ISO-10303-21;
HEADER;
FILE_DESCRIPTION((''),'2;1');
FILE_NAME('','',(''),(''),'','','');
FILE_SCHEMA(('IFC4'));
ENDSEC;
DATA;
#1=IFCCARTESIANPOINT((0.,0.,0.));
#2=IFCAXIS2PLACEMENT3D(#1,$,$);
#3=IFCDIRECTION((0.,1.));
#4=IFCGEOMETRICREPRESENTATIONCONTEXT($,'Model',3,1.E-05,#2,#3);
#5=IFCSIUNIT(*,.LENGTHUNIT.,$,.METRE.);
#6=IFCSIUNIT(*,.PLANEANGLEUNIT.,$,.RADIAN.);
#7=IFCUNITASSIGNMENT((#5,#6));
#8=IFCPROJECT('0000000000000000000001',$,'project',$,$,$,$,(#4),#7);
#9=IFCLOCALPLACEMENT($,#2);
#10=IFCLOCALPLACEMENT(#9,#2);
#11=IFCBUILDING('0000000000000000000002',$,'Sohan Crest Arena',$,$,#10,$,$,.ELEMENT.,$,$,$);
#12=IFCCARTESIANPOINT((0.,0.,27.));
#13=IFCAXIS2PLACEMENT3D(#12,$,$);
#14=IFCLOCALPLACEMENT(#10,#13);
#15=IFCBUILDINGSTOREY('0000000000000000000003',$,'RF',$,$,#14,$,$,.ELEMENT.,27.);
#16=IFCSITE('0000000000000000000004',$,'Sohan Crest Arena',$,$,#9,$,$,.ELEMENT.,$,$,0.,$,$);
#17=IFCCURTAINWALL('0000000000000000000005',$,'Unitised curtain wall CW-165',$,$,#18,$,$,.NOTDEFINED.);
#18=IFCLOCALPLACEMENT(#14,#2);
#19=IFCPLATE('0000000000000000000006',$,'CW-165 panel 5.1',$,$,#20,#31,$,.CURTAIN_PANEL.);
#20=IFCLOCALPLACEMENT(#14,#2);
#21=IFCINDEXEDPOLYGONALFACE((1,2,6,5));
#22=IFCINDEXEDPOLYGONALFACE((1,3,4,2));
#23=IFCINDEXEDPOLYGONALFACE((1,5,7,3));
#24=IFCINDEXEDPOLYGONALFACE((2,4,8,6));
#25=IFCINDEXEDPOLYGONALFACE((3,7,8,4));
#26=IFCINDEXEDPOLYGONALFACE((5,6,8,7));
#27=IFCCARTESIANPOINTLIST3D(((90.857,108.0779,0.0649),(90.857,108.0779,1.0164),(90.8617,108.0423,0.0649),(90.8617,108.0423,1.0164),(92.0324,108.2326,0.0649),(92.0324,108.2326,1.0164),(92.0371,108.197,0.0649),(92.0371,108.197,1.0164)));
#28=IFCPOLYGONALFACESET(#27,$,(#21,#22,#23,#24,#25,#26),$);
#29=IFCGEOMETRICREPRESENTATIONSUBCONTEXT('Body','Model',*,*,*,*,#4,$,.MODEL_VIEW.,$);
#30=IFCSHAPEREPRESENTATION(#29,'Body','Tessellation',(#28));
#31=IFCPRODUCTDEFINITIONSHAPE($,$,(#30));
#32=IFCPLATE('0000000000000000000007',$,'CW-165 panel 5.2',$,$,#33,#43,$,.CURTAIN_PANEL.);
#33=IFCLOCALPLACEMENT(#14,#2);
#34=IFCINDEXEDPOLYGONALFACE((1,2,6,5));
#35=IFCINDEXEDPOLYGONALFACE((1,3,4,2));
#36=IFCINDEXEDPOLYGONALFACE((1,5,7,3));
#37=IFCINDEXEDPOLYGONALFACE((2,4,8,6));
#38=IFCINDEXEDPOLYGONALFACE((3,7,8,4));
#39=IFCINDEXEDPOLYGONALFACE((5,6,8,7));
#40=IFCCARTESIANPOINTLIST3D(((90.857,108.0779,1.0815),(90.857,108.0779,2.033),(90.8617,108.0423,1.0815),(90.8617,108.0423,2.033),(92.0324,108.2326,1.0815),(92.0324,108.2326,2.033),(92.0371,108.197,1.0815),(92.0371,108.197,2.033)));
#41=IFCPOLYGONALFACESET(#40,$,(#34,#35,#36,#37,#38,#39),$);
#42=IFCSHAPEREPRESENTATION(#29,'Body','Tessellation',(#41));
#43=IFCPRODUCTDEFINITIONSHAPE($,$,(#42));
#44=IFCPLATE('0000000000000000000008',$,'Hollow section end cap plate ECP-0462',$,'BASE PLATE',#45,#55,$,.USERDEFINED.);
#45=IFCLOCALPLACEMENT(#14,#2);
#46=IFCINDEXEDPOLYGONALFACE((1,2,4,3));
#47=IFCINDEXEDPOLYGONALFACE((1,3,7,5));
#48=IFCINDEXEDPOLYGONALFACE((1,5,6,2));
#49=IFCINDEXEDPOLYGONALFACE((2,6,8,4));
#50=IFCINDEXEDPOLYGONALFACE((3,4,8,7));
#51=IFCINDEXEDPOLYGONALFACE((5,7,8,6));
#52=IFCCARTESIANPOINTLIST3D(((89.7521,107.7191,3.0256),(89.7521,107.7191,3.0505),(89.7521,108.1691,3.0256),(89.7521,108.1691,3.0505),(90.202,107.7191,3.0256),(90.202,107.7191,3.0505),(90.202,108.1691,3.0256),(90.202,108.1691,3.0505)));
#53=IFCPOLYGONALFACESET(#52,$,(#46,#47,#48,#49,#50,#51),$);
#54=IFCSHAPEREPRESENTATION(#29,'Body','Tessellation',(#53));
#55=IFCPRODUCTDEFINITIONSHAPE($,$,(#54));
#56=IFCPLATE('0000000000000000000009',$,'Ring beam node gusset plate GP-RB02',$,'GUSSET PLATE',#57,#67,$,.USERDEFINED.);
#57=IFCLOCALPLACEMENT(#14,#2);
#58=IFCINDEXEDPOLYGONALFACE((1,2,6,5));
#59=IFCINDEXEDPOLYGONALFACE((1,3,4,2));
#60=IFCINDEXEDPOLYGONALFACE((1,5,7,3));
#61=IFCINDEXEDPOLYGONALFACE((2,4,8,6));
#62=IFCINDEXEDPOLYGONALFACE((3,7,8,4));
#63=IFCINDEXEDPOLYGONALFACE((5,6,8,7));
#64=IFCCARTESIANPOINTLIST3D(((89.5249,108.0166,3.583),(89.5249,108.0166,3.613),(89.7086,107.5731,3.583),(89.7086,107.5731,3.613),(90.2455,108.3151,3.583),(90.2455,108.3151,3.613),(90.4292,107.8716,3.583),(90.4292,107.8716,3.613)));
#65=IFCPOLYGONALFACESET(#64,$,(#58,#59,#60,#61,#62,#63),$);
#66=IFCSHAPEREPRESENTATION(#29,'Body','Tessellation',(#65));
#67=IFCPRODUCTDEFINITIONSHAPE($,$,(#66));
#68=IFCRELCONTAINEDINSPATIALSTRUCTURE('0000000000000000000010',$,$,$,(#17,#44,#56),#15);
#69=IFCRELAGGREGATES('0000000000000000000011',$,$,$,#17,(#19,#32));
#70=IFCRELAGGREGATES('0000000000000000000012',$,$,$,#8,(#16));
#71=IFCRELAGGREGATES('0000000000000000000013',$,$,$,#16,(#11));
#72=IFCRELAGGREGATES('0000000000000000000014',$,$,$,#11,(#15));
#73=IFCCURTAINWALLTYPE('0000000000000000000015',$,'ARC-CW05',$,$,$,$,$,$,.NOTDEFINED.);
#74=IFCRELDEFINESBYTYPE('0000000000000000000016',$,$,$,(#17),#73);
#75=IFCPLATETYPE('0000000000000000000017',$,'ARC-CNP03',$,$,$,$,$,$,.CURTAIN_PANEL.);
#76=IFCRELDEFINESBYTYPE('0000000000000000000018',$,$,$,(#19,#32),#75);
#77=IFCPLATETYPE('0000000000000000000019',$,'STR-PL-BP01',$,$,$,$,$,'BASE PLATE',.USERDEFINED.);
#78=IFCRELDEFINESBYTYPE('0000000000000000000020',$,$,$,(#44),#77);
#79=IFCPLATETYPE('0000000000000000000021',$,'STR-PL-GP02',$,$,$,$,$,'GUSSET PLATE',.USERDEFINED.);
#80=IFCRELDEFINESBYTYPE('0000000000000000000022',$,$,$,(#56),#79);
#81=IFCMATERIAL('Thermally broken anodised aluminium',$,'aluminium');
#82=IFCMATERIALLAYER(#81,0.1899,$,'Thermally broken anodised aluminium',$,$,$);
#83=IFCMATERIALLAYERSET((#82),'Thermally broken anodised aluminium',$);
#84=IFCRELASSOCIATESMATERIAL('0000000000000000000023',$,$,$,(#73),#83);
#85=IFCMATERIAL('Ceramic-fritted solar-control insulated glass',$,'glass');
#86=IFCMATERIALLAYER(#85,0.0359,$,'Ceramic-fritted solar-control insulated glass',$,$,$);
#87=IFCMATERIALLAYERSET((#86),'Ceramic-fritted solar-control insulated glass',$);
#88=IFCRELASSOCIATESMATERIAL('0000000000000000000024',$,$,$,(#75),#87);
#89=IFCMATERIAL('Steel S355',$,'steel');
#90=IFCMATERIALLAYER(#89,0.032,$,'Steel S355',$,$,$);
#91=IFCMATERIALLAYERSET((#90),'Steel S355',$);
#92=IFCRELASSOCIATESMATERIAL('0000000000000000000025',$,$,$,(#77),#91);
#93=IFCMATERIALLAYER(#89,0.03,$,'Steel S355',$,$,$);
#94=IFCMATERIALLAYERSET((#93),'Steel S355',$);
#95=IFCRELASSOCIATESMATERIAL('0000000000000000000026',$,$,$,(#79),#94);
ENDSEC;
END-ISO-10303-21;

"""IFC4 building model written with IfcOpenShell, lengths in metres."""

from ifc_helpers import new_model, si_unit, direction, frame, origin, origin_2d, place, context, subcontext, project, spatial, rectangle, extrude, material, layer, layer_set, type_object, element, aggregate, save


model = new_model("IFC4")

# Units and contexts
model_context = context("Model", 3, precision=1e-05, world=origin(), true_north=direction((0.0, 1.0)))
body_context = subcontext(model_context, "Body", "Model", "MODEL_VIEW")
ifc_project = project(units=[si_unit("LENGTHUNIT", "METRE"), si_unit("PLANEANGLEUNIT", "RADIAN")], contexts=[model_context])

# Site, building, storey
site_placement = place(None, origin())
site = spatial("IfcSite", under=ifc_project, at=site_placement, Name="Sohan Crest Arena", CompositionType="ELEMENT", RefElevation=0.0)
building_placement = place(site_placement, origin())
building = spatial("IfcBuilding", under=site, at=building_placement, Name="Sohan Crest Arena", CompositionType="ELEMENT")
storey_placement = place(building_placement, frame((0.0, 0.0, 27.0)))
storey = spatial("IfcBuildingStorey", under=building, at=storey_placement, Name="RF", CompositionType="ELEMENT", Elevation=27.0)

# Curtain wall
ifc_material_1 = material(Name="Thermally broken anodised aluminium", Category="aluminium")
ifc_layer_1 = layer(ifc_material_1, 0.1899, Name="Thermally broken anodised aluminium")
ifc_layer_set_1 = layer_set([ifc_layer_1], Name="Thermally broken anodised aluminium")
curtain_wall_type = type_object("IfcCurtainWallType", Name="ARC-CW05", PredefinedType="NOTDEFINED", material=ifc_layer_set_1)
curtain_wall_placement = place(storey_placement, origin())
curtain_wall = element("IfcCurtainWall", 1, at=curtain_wall_placement, inside=storey, type_object=curtain_wall_type, Name="Unitised curtain wall CW-165", PredefinedType="NOTDEFINED")

# Shared definitions
ifc_material_2 = material(Name="Steel S355", Category="steel")

# Plates
ifc_material_3 = material(Name="Ceramic-fritted solar-control insulated glass", Category="glass")
ifc_layer_2 = layer(ifc_material_3, 0.0359, Name="Ceramic-fritted solar-control insulated glass")
ifc_layer_set_2 = layer_set([ifc_layer_2], Name="Ceramic-fritted solar-control insulated glass")
plate_type_1 = type_object("IfcPlateType", Name="ARC-CNP03", PredefinedType="CURTAIN_PANEL", material=ifc_layer_set_2)
plate_1_placement = place(storey_placement, frame((91.447, 108.1375, 0.0649), z_axis=(0.0, 0.0, 1.0), x_axis=(-0.991448, -0.130499, 0.0)))
plate_1 = element("IfcPlate", 2, at=plate_1_placement, type_object=plate_type_1, Name="CW-165 panel 5.1", PredefinedType="CURTAIN_PANEL", context=body_context, shape_type="SweptSolid", body=[
    extrude(rectangle(XDim=1.1855, YDim=0.0359, at=origin_2d()), origin(), (0.0, 0.0, 1.0), 0.9514),
])
plate_2_placement = place(storey_placement, frame((91.447, 108.1375, 1.0815), z_axis=(0.0, 0.0, 1.0), x_axis=(-0.991448, -0.130499, 0.0)))
plate_2 = element("IfcPlate", 3, at=plate_2_placement, type_object=plate_type_1, Name="CW-165 panel 5.2", PredefinedType="CURTAIN_PANEL", context=body_context, shape_type="SweptSolid", body=[
    extrude(rectangle(XDim=1.1855, YDim=0.0359, at=origin_2d()), origin(), (0.0, 0.0, 1.0), 0.9514),
])
aggregate(curtain_wall, [plate_1, plate_2])

# Plates
ifc_layer_3 = layer(ifc_material_2, 0.032, Name="Steel S355")
ifc_layer_set_3 = layer_set([ifc_layer_3], Name="Steel S355")
plate_type_2 = type_object("IfcPlateType", Name="STR-PL-BP01", ElementType="BASE PLATE", PredefinedType="USERDEFINED", material=ifc_layer_set_3)
plate_3_placement = place(storey_placement, frame((89.9771, 107.9441, 3.0256), z_axis=(0.0, 0.0, 1.0), x_axis=(1.0, 0.0, 0.0)))
element("IfcPlate", 4, at=plate_3_placement, inside=storey, type_object=plate_type_2, Name="Hollow section end cap plate ECP-0462", ObjectType="BASE PLATE", PredefinedType="USERDEFINED", context=body_context, shape_type="SweptSolid", body=[
    extrude(rectangle(XDim=0.45, YDim=0.45, at=origin_2d()), origin(), (0.0, 0.0, 1.0), 0.0249),
])
ifc_layer_4 = layer(ifc_material_2, 0.03, Name="Steel S355")
ifc_layer_set_4 = layer_set([ifc_layer_4], Name="Steel S355")
plate_type_3 = type_object("IfcPlateType", Name="STR-PL-GP02", ElementType="GUSSET PLATE", PredefinedType="USERDEFINED", material=ifc_layer_set_4)
plate_4_placement = place(storey_placement, frame((89.9771, 107.9441, 3.583), z_axis=(0.0, 0.0, 1.0), x_axis=(0.92388, 0.382683, 0.0)))
element("IfcPlate", 5, at=plate_4_placement, inside=storey, type_object=plate_type_3, Name="Ring beam node gusset plate GP-RB02", ObjectType="GUSSET PLATE", PredefinedType="USERDEFINED", context=body_context, shape_type="SweptSolid", body=[
    extrude(rectangle(XDim=0.78, YDim=0.48, at=origin_2d()), origin(), (0.0, 0.0, 1.0), 0.03),
])

save(model, "model.ifc")
